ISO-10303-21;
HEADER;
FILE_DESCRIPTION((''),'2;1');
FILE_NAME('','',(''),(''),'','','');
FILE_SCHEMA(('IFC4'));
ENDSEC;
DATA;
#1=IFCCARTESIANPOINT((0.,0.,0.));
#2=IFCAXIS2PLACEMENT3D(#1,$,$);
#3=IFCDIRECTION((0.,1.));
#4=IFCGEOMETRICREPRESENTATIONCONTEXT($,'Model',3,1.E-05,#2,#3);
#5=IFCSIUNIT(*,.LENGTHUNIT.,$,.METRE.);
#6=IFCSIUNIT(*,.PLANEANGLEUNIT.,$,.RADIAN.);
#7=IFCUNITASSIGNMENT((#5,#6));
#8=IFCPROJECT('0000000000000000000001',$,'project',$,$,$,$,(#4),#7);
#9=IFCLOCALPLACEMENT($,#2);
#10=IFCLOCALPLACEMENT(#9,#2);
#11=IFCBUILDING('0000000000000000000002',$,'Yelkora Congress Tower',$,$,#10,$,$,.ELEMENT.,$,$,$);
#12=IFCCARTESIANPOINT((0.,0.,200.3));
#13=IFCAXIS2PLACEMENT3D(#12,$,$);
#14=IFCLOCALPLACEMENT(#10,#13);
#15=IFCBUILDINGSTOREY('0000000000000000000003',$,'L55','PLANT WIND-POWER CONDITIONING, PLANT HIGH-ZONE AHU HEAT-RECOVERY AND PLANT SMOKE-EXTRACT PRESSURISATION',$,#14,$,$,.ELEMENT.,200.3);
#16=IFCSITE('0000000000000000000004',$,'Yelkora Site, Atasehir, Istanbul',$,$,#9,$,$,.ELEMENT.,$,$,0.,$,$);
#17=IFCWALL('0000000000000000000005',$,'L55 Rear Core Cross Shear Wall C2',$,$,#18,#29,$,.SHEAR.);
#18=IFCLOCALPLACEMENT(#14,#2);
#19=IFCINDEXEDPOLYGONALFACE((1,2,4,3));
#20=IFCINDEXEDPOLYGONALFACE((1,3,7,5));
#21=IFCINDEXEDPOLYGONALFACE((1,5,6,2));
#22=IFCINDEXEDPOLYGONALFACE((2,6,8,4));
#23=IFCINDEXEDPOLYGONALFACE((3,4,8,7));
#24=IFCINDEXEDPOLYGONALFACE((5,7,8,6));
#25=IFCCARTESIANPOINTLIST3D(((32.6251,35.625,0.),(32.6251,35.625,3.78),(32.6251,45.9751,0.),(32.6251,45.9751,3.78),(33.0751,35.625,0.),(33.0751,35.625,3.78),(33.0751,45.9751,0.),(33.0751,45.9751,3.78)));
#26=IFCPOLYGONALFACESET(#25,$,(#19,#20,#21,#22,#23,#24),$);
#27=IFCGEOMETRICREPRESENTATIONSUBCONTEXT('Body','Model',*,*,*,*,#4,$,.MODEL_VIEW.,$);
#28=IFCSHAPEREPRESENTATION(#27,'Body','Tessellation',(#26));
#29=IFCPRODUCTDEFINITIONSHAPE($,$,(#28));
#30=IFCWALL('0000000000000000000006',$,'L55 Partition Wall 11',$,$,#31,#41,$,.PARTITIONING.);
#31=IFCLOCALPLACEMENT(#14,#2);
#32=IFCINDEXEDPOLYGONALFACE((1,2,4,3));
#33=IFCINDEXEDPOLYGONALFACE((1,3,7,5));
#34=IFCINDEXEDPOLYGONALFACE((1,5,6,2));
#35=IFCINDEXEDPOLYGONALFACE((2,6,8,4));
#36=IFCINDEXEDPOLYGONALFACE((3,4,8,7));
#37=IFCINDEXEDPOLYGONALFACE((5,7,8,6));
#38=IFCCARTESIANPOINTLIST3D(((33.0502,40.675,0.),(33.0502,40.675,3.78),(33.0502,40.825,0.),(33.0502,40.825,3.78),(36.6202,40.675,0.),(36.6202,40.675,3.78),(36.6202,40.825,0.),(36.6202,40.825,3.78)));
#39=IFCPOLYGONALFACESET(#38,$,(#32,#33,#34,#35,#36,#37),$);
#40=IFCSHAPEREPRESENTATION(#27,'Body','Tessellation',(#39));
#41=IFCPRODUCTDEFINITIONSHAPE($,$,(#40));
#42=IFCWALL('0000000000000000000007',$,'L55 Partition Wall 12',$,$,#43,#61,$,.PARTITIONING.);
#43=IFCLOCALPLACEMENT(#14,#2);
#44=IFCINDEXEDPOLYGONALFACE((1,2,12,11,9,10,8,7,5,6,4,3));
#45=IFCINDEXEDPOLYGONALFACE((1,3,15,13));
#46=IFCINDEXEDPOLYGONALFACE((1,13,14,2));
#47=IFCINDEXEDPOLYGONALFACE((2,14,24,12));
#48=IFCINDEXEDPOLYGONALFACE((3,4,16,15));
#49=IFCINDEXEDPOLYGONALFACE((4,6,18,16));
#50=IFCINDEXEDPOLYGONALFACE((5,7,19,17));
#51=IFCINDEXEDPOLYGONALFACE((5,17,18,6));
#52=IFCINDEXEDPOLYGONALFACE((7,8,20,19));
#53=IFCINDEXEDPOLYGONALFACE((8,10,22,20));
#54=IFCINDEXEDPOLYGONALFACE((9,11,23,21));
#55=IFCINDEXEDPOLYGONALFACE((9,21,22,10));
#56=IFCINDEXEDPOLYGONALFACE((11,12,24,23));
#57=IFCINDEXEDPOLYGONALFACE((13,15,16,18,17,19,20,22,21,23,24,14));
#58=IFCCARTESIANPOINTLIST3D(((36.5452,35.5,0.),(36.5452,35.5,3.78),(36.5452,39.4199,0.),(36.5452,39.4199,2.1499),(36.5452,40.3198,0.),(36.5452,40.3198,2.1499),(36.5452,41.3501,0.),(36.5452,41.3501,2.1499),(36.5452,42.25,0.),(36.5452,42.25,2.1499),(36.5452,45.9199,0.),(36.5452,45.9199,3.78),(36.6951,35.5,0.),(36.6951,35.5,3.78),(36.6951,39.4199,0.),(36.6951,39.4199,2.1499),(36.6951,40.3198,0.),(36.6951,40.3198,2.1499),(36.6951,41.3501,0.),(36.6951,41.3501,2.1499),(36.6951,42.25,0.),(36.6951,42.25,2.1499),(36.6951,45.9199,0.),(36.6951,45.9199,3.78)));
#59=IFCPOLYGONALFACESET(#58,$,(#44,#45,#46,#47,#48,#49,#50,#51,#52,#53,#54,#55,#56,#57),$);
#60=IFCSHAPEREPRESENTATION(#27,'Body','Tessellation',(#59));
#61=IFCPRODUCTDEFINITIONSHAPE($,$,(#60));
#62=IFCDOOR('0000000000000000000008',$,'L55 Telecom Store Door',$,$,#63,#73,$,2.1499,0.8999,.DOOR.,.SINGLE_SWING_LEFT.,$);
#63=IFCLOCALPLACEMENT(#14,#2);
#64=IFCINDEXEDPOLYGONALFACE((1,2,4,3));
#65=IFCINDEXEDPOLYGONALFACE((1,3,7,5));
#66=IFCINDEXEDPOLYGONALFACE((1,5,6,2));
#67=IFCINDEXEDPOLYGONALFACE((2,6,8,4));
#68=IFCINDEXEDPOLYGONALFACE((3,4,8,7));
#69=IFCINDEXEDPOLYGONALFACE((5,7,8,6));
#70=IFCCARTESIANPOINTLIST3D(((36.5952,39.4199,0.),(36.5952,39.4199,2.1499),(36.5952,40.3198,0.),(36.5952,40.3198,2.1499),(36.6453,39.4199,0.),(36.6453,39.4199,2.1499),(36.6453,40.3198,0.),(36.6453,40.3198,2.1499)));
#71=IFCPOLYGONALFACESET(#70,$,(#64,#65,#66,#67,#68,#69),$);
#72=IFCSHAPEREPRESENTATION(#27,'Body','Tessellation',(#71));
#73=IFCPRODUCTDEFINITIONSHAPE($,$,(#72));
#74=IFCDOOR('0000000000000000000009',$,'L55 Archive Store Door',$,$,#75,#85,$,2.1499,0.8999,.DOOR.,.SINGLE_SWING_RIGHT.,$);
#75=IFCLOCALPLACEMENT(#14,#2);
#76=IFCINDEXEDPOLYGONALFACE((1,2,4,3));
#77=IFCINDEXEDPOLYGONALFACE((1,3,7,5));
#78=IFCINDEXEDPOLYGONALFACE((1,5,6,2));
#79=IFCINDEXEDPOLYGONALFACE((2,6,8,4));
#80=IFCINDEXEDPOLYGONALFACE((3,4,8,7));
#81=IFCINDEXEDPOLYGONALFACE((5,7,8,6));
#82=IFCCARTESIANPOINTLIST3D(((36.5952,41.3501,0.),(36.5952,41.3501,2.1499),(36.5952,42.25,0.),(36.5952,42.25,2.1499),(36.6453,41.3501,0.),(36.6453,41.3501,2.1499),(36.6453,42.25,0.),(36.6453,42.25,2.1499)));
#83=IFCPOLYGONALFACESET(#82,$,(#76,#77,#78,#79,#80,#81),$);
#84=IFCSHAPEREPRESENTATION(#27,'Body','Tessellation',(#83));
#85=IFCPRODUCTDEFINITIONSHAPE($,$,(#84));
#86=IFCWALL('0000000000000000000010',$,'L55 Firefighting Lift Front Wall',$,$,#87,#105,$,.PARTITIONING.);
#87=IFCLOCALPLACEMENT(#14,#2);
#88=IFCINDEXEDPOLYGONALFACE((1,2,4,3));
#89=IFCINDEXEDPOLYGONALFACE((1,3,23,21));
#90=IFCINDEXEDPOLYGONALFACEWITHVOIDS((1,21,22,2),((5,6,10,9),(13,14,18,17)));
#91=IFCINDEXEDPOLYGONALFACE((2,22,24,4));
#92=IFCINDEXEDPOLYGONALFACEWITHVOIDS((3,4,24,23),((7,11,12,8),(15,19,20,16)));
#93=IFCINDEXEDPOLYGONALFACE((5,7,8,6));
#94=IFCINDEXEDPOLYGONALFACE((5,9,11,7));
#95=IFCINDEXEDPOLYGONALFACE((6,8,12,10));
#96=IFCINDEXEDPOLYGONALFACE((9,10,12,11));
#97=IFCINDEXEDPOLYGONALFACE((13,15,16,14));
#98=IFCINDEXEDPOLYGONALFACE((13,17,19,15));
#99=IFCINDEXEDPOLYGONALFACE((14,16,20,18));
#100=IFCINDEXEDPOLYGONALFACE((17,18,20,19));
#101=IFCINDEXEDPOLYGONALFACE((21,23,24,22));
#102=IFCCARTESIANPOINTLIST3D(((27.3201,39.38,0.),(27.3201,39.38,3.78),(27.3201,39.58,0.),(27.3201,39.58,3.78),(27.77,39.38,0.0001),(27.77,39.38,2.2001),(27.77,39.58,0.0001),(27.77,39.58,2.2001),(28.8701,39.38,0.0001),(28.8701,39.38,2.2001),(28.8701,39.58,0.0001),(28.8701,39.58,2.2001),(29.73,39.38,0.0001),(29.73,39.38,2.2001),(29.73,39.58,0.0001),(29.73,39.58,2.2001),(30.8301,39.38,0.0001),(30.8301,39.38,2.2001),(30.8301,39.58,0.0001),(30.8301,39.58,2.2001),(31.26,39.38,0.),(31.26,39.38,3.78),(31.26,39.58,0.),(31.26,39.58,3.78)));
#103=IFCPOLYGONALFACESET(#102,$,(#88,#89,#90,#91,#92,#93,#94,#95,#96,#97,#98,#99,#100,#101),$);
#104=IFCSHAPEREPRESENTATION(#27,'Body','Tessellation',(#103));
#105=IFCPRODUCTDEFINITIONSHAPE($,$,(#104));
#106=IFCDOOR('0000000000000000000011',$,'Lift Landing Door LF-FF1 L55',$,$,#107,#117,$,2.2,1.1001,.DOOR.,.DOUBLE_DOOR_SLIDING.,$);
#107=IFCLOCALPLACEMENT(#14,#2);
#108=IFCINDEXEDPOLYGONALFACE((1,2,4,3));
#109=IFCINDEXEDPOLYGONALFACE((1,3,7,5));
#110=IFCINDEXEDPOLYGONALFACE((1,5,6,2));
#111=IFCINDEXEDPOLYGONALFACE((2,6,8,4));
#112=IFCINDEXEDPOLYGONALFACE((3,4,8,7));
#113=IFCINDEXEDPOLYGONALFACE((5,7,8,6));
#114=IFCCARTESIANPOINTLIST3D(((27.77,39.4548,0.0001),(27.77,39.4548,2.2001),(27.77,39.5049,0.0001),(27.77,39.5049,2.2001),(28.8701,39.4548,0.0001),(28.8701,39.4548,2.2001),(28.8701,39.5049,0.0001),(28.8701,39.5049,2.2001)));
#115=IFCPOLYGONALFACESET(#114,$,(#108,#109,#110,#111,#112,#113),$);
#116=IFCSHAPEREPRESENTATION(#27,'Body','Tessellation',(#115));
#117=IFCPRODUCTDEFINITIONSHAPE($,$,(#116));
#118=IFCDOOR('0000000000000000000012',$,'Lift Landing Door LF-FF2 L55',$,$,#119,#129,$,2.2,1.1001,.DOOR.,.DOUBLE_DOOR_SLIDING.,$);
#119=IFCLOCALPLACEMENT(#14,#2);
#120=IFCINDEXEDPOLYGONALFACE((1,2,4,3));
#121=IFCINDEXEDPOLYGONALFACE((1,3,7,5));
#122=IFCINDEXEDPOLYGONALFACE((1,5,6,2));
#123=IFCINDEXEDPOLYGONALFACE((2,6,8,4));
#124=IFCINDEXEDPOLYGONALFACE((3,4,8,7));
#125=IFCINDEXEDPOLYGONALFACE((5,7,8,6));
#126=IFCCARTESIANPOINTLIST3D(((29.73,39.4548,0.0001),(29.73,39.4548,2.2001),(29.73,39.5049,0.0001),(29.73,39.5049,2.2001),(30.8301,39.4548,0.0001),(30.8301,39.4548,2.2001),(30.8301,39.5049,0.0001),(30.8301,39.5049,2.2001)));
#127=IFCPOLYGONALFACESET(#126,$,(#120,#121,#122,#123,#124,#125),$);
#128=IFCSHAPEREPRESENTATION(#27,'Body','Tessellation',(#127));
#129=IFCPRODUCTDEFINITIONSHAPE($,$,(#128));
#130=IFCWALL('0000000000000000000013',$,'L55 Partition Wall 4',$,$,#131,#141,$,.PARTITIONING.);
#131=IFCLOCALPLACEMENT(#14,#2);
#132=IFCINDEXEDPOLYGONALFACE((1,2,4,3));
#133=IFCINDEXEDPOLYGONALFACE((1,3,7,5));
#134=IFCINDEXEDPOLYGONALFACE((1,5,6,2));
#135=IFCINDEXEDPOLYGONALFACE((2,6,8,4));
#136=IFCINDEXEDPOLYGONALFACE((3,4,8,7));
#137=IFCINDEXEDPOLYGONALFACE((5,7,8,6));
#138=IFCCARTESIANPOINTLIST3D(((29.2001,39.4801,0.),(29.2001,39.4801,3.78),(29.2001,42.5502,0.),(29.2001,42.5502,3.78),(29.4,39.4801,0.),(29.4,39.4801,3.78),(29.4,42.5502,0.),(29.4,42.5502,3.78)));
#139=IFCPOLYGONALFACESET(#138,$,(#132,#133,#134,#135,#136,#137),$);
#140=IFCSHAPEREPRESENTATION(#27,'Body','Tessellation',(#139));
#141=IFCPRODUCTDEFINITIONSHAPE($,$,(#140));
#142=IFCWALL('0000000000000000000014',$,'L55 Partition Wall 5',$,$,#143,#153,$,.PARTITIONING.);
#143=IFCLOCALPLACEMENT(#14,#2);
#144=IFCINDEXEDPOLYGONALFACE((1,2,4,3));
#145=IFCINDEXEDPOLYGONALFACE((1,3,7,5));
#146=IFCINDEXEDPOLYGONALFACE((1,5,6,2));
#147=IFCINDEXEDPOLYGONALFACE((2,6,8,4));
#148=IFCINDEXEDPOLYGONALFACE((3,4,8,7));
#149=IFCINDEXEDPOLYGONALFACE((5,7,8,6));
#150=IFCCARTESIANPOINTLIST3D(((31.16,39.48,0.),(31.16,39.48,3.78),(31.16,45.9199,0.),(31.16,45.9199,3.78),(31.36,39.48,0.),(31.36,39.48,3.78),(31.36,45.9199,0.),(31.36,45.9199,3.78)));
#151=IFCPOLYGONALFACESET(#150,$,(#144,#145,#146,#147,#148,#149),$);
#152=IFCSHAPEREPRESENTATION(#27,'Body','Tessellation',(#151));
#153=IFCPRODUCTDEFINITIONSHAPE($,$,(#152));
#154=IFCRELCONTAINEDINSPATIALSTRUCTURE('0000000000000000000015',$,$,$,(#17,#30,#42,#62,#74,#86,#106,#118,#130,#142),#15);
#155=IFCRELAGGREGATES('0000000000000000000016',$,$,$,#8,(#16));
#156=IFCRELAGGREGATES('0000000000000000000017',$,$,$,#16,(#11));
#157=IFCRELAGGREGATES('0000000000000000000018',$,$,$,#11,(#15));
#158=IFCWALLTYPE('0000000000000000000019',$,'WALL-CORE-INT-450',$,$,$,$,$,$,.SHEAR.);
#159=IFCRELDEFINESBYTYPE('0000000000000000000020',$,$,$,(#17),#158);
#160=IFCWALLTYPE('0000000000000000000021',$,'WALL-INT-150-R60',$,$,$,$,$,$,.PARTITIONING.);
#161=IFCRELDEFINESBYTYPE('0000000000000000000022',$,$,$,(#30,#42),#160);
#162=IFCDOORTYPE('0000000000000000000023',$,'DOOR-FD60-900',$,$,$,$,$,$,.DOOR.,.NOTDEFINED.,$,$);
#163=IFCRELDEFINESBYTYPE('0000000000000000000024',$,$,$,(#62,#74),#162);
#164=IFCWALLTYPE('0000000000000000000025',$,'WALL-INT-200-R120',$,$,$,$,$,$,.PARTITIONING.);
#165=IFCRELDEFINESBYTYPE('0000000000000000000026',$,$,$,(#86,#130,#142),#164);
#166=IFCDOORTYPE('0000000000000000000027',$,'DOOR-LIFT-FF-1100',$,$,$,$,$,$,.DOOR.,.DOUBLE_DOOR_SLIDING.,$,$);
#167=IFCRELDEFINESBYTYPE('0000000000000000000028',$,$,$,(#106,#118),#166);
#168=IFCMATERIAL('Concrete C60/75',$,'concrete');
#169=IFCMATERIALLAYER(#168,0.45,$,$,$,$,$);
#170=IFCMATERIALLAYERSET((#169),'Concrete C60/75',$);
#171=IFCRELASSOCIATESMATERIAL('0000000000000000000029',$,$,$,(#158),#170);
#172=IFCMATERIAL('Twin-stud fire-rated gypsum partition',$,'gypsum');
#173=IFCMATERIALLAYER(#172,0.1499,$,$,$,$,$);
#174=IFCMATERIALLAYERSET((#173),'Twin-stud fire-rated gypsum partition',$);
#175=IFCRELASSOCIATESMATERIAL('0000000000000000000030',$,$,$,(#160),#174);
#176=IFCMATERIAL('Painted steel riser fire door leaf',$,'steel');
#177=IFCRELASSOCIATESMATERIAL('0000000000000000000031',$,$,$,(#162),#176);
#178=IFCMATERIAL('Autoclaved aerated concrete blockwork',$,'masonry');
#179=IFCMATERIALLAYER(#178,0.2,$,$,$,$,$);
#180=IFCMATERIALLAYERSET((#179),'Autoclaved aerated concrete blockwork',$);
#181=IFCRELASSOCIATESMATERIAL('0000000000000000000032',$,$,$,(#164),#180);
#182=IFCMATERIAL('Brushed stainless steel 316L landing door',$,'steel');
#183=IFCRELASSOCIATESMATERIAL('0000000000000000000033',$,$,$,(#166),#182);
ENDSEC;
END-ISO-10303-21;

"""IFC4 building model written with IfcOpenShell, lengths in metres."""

from ifc_helpers import new_model, si_unit, direction, frame, frame_2d, origin, place, context, subcontext, project, spatial, rectangle, extrude, material, layer, layer_set, type_object, element, fill, save


model = new_model("IFC4")

# Units and contexts
model_context = context("Model", 3, precision=1e-05, world=origin(), true_north=direction((0.0, 1.0)))
body_context = subcontext(model_context, "Body", "Model", "MODEL_VIEW")
ifc_project = project(units=[si_unit("LENGTHUNIT", "METRE"), si_unit("PLANEANGLEUNIT", "RADIAN")], contexts=[model_context])

# Site, building, storey
site_placement = place(None, origin())
site = spatial("IfcSite", under=ifc_project, at=site_placement, Name="Yelkora Site, Atasehir, Istanbul", CompositionType="ELEMENT", RefElevation=0.0)
building_placement = place(site_placement, origin())
building = spatial("IfcBuilding", under=site, at=building_placement, Name="Yelkora Congress Tower", CompositionType="ELEMENT")
storey_placement = place(building_placement, frame((0.0, 0.0, 200.3)))
storey = spatial("IfcBuildingStorey", under=building, at=storey_placement, Name="L55", Description="PLANT WIND-POWER CONDITIONING, PLANT HIGH-ZONE AHU HEAT-RECOVERY AND PLANT SMOKE-EXTRACT PRESSURISATION", CompositionType="ELEMENT", Elevation=200.3)

# Shared definitions
ifc_material_1 = material(Name="Concrete C60/75", Category="concrete")
ifc_layer_1 = layer(ifc_material_1, 0.45)
ifc_layer_set_1 = layer_set([ifc_layer_1], Name="Concrete C60/75")
wall_type_1 = type_object("IfcWallType", Name="WALL-CORE-INT-450", PredefinedType="SHEAR", material=ifc_layer_set_1)

# Walls
wall_1_placement = place(storey_placement, frame((32.8501, 35.625, 0.0), z_axis=(0.0, 0.0, 1.0), x_axis=(0.0, 1.0, 0.0)))
element("IfcWall", 1, at=wall_1_placement, inside=storey, type_object=wall_type_1, Name="L55 Rear Core Cross Shear Wall C2", PredefinedType="SHEAR", context=body_context, shape_type="SweptSolid", body=[
    extrude(rectangle(XDim=10.3501, YDim=0.45, at=frame_2d((5.175, 0.0))), origin(), (0.0, 0.0, 1.0), 3.78),
])
ifc_material_2 = material(Name="Twin-stud fire-rated gypsum partition", Category="gypsum")
ifc_layer_2 = layer(ifc_material_2, 0.1499)
ifc_layer_set_2 = layer_set([ifc_layer_2], Name="Twin-stud fire-rated gypsum partition")
wall_type_2 = type_object("IfcWallType", Name="WALL-INT-150-R60", PredefinedType="PARTITIONING", material=ifc_layer_set_2)
wall_2_placement = place(storey_placement, frame((33.05, 40.75, 0.0), z_axis=(0.0, 0.0, 1.0), x_axis=(1.0, 0.0, 0.0)))
element("IfcWall", 2, at=wall_2_placement, inside=storey, type_object=wall_type_2, Name="L55 Partition Wall 11", PredefinedType="PARTITIONING", context=body_context, shape_type="SweptSolid", body=[
    extrude(rectangle(XDim=3.5701, YDim=0.1499, at=frame_2d((1.7852, 0.0))), origin(), (0.0, 0.0, 1.0), 3.78),
])

# Walls, openings, doors
wall_3_placement = place(storey_placement, frame((36.6201, 35.5, 0.0), z_axis=(0.0, 0.0, 1.0), x_axis=(0.0, 1.0, 0.0)))
wall_3 = element("IfcWall", 3, at=wall_3_placement, inside=storey, type_object=wall_type_2, Name="L55 Partition Wall 12", PredefinedType="PARTITIONING", context=body_context, shape_type="SweptSolid", body=[
    extrude(rectangle(XDim=10.4199, YDim=0.1499, at=frame_2d((5.21, 0.0))), origin(), (0.0, 0.0, 1.0), 3.78),
])
opening_1_placement = place(wall_3_placement, frame((3.9199, 0.0, 0.0)))
opening_1 = element("IfcOpeningElement", 4, at=opening_1_placement, cuts=wall_3, PredefinedType="OPENING", context=body_context, shape_type="SweptSolid", body=[
    extrude(rectangle(XDim=0.8999, YDim=2.1499, at=frame_2d((0.45, 1.075))), frame((0.0, 0.085, 0.0), z_axis=(0.0, -1.0, 0.0), x_axis=(1.0, 0.0, 0.0)), (0.0, 0.0, 1.0), 0.1699),
])
opening_2_placement = place(wall_3_placement, frame((5.8501, 0.0, 0.0)))
opening_2 = element("IfcOpeningElement", 5, at=opening_2_placement, cuts=wall_3, PredefinedType="OPENING", context=body_context, shape_type="SweptSolid", body=[
    extrude(rectangle(XDim=0.8999, YDim=2.1499, at=frame_2d((0.45, 1.075))), frame((0.0, 0.085, 0.0), z_axis=(0.0, -1.0, 0.0), x_axis=(1.0, 0.0, 0.0)), (0.0, 0.0, 1.0), 0.1699),
])
ifc_material_3 = material(Name="Painted steel riser fire door leaf", Category="steel")
door_type_1 = type_object("IfcDoorType", Name="DOOR-FD60-900", OperationType="NOTDEFINED", PredefinedType="DOOR", material=ifc_material_3)
door_1_placement = place(opening_1_placement, origin())
door_1 = element("IfcDoor", 6, at=door_1_placement, inside=storey, type_object=door_type_1, Name="L55 Telecom Store Door", OperationType="SINGLE_SWING_LEFT", OverallHeight=2.1499, OverallWidth=0.8999, PredefinedType="DOOR", context=body_context, shape_type="SweptSolid", body=[
    extrude(rectangle(XDim=0.8999, YDim=2.1499, at=frame_2d((0.45, 1.075))), frame((0.0, 0.0249, 0.0), z_axis=(0.0, -1.0, 0.0), x_axis=(1.0, 0.0, 0.0)), (0.0, 0.0, 1.0), 0.05),
])
fill(opening_1, door_1)
door_2_placement = place(opening_2_placement, origin())
door_2 = element("IfcDoor", 7, at=door_2_placement, inside=storey, type_object=door_type_1, Name="L55 Archive Store Door", OperationType="SINGLE_SWING_RIGHT", OverallHeight=2.1499, OverallWidth=0.8999, PredefinedType="DOOR", context=body_context, shape_type="SweptSolid", body=[
    extrude(rectangle(XDim=0.8999, YDim=2.1499, at=frame_2d((0.45, 1.075))), frame((0.0, 0.0249, 0.0), z_axis=(0.0, -1.0, 0.0), x_axis=(1.0, 0.0, 0.0)), (0.0, 0.0, 1.0), 0.05),
])
fill(opening_2, door_2)
ifc_material_4 = material(Name="Autoclaved aerated concrete blockwork", Category="masonry")
ifc_layer_3 = layer(ifc_material_4, 0.2)
ifc_layer_set_3 = layer_set([ifc_layer_3], Name="Autoclaved aerated concrete blockwork")
wall_type_3 = type_object("IfcWallType", Name="WALL-INT-200-R120", PredefinedType="PARTITIONING", material=ifc_layer_set_3)
wall_4_placement = place(storey_placement, frame((27.3201, 39.48, 0.0), z_axis=(0.0, 0.0, 1.0), x_axis=(1.0, 0.0, 0.0)))
wall_4 = element("IfcWall", 8, at=wall_4_placement, inside=storey, type_object=wall_type_3, Name="L55 Firefighting Lift Front Wall", PredefinedType="PARTITIONING", context=body_context, shape_type="SweptSolid", body=[
    extrude(rectangle(XDim=3.9399, YDim=0.2, at=frame_2d((1.97, 0.0))), origin(), (0.0, 0.0, 1.0), 3.78),
])
opening_3_placement = place(wall_4_placement, frame((0.45, 0.0, 0.0)))
opening_3 = element("IfcOpeningElement", 9, at=opening_3_placement, cuts=wall_4, PredefinedType="OPENING", context=body_context, shape_type="SweptSolid", body=[
    extrude(rectangle(XDim=1.1001, YDim=2.2, at=frame_2d((0.55, 1.1001))), frame((0.0, 0.1099, 0.0), z_axis=(0.0, -1.0, 0.0), x_axis=(1.0, 0.0, 0.0)), (0.0, 0.0, 1.0), 0.22),
])
opening_4_placement = place(wall_4_placement, frame((2.4099, 0.0, 0.0)))
opening_4 = element("IfcOpeningElement", 10, at=opening_4_placement, cuts=wall_4, PredefinedType="OPENING", context=body_context, shape_type="SweptSolid", body=[
    extrude(rectangle(XDim=1.1001, YDim=2.2, at=frame_2d((0.55, 1.1001))), frame((0.0, 0.1099, 0.0), z_axis=(0.0, -1.0, 0.0), x_axis=(1.0, 0.0, 0.0)), (0.0, 0.0, 1.0), 0.22),
])
ifc_material_5 = material(Name="Brushed stainless steel 316L landing door", Category="steel")
door_type_2 = type_object("IfcDoorType", Name="DOOR-LIFT-FF-1100", OperationType="DOUBLE_DOOR_SLIDING", PredefinedType="DOOR", material=ifc_material_5)
door_3_placement = place(opening_3_placement, origin())
door_3 = element("IfcDoor", 11, at=door_3_placement, inside=storey, type_object=door_type_2, Name="Lift Landing Door LF-FF1 L55", OperationType="DOUBLE_DOOR_SLIDING", OverallHeight=2.2, OverallWidth=1.1001, PredefinedType="DOOR", context=body_context, shape_type="SweptSolid", body=[
    extrude(rectangle(XDim=1.1001, YDim=2.2, at=frame_2d((0.55, 1.1001))), frame((0.0, 0.0249, 0.0), z_axis=(0.0, -1.0, 0.0), x_axis=(1.0, 0.0, 0.0)), (0.0, 0.0, 1.0), 0.05),
])
fill(opening_3, door_3)
door_4_placement = place(opening_4_placement, origin())
door_4 = element("IfcDoor", 12, at=door_4_placement, inside=storey, type_object=door_type_2, Name="Lift Landing Door LF-FF2 L55", OperationType="DOUBLE_DOOR_SLIDING", OverallHeight=2.2, OverallWidth=1.1001, PredefinedType="DOOR", context=body_context, shape_type="SweptSolid", body=[
    extrude(rectangle(XDim=1.1001, YDim=2.2, at=frame_2d((0.55, 1.1001))), frame((0.0, 0.0249, 0.0), z_axis=(0.0, -1.0, 0.0), x_axis=(1.0, 0.0, 0.0)), (0.0, 0.0, 1.0), 0.05),
])
fill(opening_4, door_4)

# Walls
wall_5_placement = place(storey_placement, frame((29.3, 39.48, 0.0), z_axis=(0.0, 0.0, 1.0), x_axis=(0.0, 1.0, 0.0)))
element("IfcWall", 13, at=wall_5_placement, inside=storey, type_object=wall_type_3, Name="L55 Partition Wall 4", PredefinedType="PARTITIONING", context=body_context, shape_type="SweptSolid", body=[
    extrude(rectangle(XDim=3.0701, YDim=0.2, at=frame_2d((1.5352, 0.0))), origin(), (0.0, 0.0, 1.0), 3.78),
])
wall_6_placement = place(storey_placement, frame((31.26, 39.48, 0.0), z_axis=(0.0, 0.0, 1.0), x_axis=(0.0, 1.0, 0.0)))
element("IfcWall", 14, at=wall_6_placement, inside=storey, type_object=wall_type_3, Name="L55 Partition Wall 5", PredefinedType="PARTITIONING", context=body_context, shape_type="SweptSolid", body=[
    extrude(rectangle(XDim=6.4399, YDim=0.2, at=frame_2d((3.22, 0.0))), origin(), (0.0, 0.0, 1.0), 3.78),
])

save(model, "model.ifc")
